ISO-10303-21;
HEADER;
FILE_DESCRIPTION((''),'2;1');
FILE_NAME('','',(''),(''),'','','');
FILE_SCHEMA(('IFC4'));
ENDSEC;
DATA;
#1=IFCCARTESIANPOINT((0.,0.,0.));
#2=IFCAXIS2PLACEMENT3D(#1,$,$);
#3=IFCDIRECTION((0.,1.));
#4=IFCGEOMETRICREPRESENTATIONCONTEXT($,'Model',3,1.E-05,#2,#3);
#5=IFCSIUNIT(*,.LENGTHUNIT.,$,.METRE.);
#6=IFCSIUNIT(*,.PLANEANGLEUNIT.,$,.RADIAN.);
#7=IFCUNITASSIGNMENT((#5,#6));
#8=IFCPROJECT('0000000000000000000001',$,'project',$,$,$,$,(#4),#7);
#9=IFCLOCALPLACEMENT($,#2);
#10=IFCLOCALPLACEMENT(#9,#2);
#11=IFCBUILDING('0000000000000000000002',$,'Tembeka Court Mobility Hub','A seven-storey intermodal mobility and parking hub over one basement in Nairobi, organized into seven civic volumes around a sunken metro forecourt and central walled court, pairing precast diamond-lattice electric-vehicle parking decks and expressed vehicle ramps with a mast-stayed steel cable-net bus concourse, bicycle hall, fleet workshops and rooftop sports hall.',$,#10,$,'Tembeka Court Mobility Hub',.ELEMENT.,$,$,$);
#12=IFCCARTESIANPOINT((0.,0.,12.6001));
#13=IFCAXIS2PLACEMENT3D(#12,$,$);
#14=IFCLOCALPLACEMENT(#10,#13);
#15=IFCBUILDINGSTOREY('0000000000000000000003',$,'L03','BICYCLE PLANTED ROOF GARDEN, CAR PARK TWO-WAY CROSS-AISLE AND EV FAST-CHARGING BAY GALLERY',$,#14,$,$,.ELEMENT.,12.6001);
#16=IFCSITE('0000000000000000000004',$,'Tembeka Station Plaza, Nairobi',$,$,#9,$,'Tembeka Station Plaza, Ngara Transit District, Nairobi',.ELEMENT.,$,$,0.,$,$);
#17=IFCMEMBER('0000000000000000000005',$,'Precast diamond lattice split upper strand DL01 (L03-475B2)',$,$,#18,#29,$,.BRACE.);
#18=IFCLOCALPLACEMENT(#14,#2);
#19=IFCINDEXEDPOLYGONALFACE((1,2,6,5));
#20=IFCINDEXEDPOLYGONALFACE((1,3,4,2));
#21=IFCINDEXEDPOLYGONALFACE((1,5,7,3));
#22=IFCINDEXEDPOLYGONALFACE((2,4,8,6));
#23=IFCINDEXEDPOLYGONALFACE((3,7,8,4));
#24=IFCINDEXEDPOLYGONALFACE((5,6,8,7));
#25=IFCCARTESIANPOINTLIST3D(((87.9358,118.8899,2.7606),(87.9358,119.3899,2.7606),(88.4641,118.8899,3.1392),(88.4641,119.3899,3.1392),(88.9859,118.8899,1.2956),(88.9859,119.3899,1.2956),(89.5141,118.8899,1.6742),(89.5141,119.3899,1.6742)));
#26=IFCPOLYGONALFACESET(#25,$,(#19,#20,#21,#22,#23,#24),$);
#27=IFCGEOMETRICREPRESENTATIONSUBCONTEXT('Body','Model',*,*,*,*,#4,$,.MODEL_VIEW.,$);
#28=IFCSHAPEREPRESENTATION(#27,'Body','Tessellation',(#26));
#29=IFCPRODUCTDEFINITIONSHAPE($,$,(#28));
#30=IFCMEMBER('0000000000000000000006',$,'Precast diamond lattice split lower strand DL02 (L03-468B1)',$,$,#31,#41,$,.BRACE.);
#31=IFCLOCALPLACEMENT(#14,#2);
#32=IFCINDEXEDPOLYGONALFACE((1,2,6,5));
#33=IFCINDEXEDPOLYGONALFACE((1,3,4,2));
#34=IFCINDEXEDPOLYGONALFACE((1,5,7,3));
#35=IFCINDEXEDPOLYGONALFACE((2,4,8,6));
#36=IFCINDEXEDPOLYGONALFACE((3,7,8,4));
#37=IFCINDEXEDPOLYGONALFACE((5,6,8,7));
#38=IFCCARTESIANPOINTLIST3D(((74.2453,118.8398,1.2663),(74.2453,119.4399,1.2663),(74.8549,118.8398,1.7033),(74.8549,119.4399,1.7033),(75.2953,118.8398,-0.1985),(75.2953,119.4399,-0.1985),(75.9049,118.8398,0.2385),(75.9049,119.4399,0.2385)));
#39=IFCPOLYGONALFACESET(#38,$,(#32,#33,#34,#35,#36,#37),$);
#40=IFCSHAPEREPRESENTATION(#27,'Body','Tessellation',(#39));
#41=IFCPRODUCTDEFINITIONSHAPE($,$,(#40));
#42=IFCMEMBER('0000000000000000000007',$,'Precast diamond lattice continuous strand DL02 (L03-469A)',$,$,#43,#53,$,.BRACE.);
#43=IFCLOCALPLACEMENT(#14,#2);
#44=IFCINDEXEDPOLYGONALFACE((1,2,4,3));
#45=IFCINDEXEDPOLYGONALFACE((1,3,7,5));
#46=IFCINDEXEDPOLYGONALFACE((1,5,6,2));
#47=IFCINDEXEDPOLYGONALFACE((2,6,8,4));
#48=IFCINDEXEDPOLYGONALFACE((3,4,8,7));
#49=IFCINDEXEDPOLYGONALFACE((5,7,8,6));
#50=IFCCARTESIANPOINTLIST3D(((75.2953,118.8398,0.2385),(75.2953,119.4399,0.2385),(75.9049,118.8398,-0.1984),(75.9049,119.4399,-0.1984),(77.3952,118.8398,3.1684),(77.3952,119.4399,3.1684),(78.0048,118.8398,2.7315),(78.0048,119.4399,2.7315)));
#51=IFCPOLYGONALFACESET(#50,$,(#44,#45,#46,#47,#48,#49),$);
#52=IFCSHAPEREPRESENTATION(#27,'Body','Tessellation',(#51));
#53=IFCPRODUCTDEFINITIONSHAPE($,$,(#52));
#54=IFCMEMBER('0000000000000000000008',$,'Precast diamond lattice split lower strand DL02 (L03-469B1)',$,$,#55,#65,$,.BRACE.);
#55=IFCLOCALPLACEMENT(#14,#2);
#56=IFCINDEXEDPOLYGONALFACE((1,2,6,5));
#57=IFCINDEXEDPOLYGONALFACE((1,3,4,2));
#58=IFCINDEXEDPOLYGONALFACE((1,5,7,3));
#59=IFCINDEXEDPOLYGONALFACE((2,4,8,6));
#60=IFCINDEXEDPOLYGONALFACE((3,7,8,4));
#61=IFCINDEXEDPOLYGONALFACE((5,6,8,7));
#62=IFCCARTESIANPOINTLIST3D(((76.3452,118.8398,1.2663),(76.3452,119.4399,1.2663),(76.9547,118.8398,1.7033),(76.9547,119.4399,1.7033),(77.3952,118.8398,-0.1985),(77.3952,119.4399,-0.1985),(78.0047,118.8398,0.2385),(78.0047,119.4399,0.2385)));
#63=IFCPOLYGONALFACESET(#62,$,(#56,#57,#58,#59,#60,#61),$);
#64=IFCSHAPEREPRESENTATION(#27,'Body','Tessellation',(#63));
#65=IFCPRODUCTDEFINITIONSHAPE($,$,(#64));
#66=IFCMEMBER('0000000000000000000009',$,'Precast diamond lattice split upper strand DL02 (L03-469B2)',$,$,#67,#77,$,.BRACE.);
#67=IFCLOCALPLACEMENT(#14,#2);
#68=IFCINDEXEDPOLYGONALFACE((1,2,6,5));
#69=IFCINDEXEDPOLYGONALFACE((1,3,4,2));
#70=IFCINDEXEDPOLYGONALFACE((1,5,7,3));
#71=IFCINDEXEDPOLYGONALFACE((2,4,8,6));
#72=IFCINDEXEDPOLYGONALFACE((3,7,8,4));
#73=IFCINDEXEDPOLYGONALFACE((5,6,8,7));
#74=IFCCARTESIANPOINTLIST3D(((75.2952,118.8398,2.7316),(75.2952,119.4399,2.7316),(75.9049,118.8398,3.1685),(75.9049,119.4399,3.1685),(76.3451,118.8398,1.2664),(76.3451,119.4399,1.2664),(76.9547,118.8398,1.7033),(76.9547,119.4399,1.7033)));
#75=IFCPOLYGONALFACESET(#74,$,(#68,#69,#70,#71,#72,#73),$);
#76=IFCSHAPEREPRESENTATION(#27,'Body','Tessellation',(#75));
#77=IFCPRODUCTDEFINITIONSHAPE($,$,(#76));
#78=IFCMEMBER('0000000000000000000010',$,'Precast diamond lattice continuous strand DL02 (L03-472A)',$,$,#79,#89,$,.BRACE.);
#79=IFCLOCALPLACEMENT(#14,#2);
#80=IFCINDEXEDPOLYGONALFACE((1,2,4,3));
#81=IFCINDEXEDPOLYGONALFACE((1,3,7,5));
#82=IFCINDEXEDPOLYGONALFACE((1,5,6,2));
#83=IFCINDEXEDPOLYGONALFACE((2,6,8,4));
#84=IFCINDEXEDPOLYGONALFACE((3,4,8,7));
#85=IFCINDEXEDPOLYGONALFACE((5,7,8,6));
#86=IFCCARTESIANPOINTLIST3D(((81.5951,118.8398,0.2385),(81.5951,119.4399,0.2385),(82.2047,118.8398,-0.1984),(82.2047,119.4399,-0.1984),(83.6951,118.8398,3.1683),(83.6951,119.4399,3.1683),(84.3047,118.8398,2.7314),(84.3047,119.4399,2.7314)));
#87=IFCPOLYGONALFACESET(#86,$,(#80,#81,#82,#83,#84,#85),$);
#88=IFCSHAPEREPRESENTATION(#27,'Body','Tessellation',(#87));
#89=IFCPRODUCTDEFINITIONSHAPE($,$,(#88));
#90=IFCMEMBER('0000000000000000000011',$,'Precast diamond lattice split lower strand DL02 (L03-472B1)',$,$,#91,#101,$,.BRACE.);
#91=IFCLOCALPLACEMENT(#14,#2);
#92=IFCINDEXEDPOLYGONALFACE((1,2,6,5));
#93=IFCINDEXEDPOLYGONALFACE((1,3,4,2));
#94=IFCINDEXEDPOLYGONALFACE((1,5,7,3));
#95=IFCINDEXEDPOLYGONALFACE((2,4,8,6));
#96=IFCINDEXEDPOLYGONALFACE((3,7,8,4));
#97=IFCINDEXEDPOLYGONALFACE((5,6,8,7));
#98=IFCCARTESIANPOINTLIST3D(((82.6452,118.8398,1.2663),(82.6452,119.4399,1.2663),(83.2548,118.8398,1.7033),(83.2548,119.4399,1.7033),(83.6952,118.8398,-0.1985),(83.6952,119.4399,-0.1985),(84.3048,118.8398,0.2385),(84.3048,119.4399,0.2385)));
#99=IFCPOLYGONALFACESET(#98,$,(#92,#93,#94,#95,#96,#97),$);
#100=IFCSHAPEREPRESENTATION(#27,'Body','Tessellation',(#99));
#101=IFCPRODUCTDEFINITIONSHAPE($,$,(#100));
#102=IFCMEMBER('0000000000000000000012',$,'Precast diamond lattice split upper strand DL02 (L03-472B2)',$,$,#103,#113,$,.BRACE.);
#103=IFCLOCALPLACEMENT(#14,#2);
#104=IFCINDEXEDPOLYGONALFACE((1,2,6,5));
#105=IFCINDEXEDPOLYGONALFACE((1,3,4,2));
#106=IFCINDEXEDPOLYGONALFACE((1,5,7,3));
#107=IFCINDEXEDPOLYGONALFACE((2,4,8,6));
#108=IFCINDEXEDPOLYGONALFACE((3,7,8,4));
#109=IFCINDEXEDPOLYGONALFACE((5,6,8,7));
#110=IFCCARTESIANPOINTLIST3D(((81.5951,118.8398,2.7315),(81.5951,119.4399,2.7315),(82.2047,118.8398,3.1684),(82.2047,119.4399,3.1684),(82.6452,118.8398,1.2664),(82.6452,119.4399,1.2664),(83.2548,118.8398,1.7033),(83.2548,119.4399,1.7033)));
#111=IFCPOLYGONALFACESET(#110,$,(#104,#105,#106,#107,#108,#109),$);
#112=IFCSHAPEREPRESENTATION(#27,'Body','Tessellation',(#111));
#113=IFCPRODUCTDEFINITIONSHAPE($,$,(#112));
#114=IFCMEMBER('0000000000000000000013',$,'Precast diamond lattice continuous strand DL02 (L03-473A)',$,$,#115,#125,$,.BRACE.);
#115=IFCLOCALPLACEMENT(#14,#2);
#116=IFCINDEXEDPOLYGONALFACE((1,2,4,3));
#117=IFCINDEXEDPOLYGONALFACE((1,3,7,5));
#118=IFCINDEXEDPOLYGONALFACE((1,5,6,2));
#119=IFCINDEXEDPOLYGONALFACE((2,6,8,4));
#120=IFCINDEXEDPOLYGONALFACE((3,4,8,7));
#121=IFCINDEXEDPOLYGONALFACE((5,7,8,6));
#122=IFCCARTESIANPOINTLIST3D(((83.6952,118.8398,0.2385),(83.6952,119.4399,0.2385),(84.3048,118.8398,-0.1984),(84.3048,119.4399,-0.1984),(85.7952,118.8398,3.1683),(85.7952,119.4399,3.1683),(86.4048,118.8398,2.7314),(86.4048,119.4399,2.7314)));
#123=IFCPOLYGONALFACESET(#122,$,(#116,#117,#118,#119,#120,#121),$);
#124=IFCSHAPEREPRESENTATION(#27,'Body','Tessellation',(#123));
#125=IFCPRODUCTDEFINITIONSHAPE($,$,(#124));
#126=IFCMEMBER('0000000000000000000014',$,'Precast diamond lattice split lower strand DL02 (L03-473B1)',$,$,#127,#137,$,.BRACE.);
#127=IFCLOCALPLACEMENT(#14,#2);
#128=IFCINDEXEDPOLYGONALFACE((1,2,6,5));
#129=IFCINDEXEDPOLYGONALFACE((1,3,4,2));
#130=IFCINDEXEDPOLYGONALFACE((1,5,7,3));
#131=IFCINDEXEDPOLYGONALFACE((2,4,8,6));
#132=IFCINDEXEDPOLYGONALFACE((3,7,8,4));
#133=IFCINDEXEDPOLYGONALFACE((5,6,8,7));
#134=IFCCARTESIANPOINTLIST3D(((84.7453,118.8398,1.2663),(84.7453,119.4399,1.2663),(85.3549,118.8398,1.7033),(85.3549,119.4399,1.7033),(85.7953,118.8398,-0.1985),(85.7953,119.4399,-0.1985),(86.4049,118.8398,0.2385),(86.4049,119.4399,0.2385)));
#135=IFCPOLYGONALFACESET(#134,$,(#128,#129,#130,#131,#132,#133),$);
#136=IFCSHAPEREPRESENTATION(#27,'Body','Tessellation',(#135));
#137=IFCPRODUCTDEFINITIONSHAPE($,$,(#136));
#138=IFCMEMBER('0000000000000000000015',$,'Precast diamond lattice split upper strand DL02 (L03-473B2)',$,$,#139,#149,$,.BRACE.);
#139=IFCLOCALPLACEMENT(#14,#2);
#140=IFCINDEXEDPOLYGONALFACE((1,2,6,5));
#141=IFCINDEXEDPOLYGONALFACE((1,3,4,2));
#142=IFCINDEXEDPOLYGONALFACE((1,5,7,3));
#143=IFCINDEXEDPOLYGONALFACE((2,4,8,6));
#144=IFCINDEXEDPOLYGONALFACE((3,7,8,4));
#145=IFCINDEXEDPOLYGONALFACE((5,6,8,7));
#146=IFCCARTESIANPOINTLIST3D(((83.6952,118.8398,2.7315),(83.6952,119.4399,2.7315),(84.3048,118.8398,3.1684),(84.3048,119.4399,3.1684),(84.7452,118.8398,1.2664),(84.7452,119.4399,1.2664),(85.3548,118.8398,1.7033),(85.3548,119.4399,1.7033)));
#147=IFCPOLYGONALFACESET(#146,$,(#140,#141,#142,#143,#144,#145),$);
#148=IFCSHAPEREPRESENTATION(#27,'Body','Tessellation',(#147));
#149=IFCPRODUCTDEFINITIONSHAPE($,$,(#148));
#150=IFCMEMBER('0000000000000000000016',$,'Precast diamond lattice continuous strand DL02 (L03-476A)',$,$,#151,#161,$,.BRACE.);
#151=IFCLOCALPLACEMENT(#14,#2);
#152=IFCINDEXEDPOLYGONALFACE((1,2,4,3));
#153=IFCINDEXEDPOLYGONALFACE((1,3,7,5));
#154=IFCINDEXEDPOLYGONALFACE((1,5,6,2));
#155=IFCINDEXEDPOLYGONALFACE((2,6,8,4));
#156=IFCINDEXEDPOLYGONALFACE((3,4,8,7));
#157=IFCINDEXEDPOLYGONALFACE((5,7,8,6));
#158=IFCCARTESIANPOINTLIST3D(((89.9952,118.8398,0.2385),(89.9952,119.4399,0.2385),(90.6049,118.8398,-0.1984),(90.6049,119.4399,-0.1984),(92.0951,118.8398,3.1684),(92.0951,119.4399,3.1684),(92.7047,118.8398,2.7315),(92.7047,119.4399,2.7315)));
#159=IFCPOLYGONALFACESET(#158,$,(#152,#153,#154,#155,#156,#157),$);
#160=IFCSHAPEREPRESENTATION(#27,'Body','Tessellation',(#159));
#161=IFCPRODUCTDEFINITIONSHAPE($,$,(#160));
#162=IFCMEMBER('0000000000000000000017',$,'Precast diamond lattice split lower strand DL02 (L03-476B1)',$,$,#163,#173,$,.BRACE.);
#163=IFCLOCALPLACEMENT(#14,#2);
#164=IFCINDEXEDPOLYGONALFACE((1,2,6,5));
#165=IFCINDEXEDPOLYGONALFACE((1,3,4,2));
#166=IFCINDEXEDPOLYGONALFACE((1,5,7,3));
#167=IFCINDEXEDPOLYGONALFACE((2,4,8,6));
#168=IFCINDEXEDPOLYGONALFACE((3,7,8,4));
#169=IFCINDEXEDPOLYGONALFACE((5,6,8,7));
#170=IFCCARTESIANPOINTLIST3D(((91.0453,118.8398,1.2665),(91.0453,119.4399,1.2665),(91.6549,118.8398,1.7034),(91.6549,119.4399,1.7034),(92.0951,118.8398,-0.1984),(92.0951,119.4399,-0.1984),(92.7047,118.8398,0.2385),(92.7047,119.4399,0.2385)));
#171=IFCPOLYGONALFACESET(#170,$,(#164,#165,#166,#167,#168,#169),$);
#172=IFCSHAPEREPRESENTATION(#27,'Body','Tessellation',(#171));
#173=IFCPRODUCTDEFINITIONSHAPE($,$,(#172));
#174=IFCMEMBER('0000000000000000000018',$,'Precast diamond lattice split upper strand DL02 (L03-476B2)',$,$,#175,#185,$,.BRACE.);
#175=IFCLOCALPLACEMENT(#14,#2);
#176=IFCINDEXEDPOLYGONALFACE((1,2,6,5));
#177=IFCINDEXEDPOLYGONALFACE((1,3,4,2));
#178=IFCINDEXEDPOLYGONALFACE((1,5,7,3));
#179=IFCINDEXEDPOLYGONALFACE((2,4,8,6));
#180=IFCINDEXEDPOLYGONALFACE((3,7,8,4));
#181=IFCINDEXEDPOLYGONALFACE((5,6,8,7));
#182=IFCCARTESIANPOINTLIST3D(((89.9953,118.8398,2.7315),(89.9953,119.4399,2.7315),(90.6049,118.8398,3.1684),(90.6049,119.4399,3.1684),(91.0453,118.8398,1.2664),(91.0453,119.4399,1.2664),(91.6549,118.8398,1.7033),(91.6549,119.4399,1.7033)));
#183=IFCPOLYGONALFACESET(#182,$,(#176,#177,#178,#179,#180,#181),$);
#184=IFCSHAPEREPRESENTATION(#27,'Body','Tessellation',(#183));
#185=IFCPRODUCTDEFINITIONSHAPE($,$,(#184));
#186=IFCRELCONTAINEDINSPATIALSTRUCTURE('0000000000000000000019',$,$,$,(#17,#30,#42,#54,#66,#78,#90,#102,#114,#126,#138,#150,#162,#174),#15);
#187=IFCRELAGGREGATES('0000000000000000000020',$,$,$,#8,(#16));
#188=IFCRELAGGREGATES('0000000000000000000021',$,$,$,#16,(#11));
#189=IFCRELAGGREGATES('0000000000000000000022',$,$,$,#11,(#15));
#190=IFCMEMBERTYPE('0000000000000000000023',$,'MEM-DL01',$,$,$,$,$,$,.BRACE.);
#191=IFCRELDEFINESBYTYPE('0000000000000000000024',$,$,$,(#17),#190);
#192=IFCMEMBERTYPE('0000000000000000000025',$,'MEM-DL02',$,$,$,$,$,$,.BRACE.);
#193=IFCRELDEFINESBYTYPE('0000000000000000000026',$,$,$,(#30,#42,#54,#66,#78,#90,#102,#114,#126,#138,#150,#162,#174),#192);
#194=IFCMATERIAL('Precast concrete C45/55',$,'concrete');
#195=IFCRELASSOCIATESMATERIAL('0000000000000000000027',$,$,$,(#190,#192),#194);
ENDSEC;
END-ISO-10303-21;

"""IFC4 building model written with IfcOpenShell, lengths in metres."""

from ifc_helpers import new_model, si_unit, direction, frame, origin, origin_2d, place, context, subcontext, project, spatial, rectangle, extrude, material, material_profile, profile_set, type_object, element, save


model = new_model("IFC4")

# Units and contexts
model_context = context("Model", 3, precision=1e-05, world=origin(), true_north=direction((0.0, 1.0)))
body_context = subcontext(model_context, "Body", "Model", "MODEL_VIEW")
ifc_project = project(units=[si_unit("LENGTHUNIT", "METRE"), si_unit("PLANEANGLEUNIT", "RADIAN")], contexts=[model_context])

# Site, building, storey
site_placement = place(None, origin())
site = spatial("IfcSite", under=ifc_project, at=site_placement, Name="Tembeka Station Plaza, Nairobi", LongName="Tembeka Station Plaza, Ngara Transit District, Nairobi", CompositionType="ELEMENT", RefElevation=0.0)
building_placement = place(site_placement, origin())
building = spatial("IfcBuilding", under=site, at=building_placement, Name="Tembeka Court Mobility Hub", Description="A seven-storey intermodal mobility and parking hub over one basement in Nairobi, organized into seven civic volumes around a sunken metro forecourt and central walled court, pairing precast diamond-lattice electric-vehicle parking decks and expressed vehicle ramps with a mast-stayed steel cable-net bus concourse, bicycle hall, fleet workshops and rooftop sports hall.", LongName="Tembeka Court Mobility Hub", CompositionType="ELEMENT")
storey_placement = place(building_placement, frame((0.0, 0.0, 12.6001)))
storey = spatial("IfcBuildingStorey", under=building, at=storey_placement, Name="L03", Description="BICYCLE PLANTED ROOF GARDEN, CAR PARK TWO-WAY CROSS-AISLE AND EV FAST-CHARGING BAY GALLERY", CompositionType="ELEMENT", Elevation=12.6001)

# Members
ifc_material_1 = material(Name="Precast concrete C45/55", Category="concrete")
ifc_material_profile_1 = material_profile(ifc_material_1, rectangle(XDim=0.5, YDim=0.6499, at=origin_2d()), Name="PC-DIAG 500x650")
ifc_profile_set_1 = profile_set([ifc_material_profile_1], Name="Precast concrete C45/55")
member_type_1 = type_object("IfcMemberType", Name="MEM-DL01", PredefinedType="BRACE", material=ifc_profile_set_1)
member_1_placement = place(storey_placement, frame((89.25, 119.1399, 1.4849), z_axis=(-0.582544, 0.0, 0.812799), x_axis=(0.0, -1.0, 0.0)))
element("IfcMember", 1, at=member_1_placement, inside=storey, type_object=member_type_1, Name="Precast diamond lattice split upper strand DL01 (L03-475B2)", PredefinedType="BRACE", context=body_context, shape_type="SweptSolid", body=[
    extrude(rectangle(XDim=0.5, YDim=0.6499, at=origin_2d()), origin(), (0.0, 0.0, 1.0), 1.8025),
])
ifc_material_profile_2 = material_profile(ifc_material_1, rectangle(XDim=0.6001, YDim=0.75, at=origin_2d()), Name="PC-DIAG 600x750")
ifc_profile_set_2 = profile_set([ifc_material_profile_2], Name="Precast concrete C45/55")
member_type_2 = type_object("IfcMemberType", Name="MEM-DL02", PredefinedType="BRACE", material=ifc_profile_set_2)
member_2_placement = place(storey_placement, frame((75.6001, 119.1399, 0.02), z_axis=(-0.582608, 0.0, 0.812753), x_axis=(0.0, -1.0, 0.0)))
element("IfcMember", 2, at=member_2_placement, inside=storey, type_object=member_type_2, Name="Precast diamond lattice split lower strand DL02 (L03-468B1)", PredefinedType="BRACE", context=body_context, shape_type="SweptSolid", body=[
    extrude(rectangle(XDim=0.6001, YDim=0.75, at=origin_2d()), origin(), (0.0, 0.0, 1.0), 1.8022),
])
member_3_placement = place(storey_placement, frame((75.6001, 119.1399, 0.02), z_axis=(0.582532, 0.0, 0.812808), x_axis=(0.0, 1.0, 0.0)))
element("IfcMember", 3, at=member_3_placement, inside=storey, type_object=member_type_2, Name="Precast diamond lattice continuous strand DL02 (L03-469A)", PredefinedType="BRACE", context=body_context, shape_type="SweptSolid", body=[
    extrude(rectangle(XDim=0.6001, YDim=0.75, at=origin_2d()), origin(), (0.0, 0.0, 1.0), 3.6047),
])
member_4_placement = place(storey_placement, frame((77.7, 119.1399, 0.02), z_axis=(-0.582608, 0.0, 0.812753), x_axis=(0.0, -1.0, 0.0)))
element("IfcMember", 4, at=member_4_placement, inside=storey, type_object=member_type_2, Name="Precast diamond lattice split lower strand DL02 (L03-469B1)", PredefinedType="BRACE", context=body_context, shape_type="SweptSolid", body=[
    extrude(rectangle(XDim=0.6001, YDim=0.75, at=origin_2d()), origin(), (0.0, 0.0, 1.0), 1.8022),
])
member_5_placement = place(storey_placement, frame((76.6499, 119.1399, 1.4849), z_axis=(-0.582455, 0.0, 0.812863), x_axis=(0.0, -1.0, 0.0)))
element("IfcMember", 5, at=member_5_placement, inside=storey, type_object=member_type_2, Name="Precast diamond lattice split upper strand DL02 (L03-469B2)", PredefinedType="BRACE", context=body_context, shape_type="SweptSolid", body=[
    extrude(rectangle(XDim=0.6001, YDim=0.75, at=origin_2d()), origin(), (0.0, 0.0, 1.0), 1.8025),
])
member_6_placement = place(storey_placement, frame((81.8999, 119.1399, 0.02), z_axis=(0.582576, 0.0, 0.812776), x_axis=(0.0, 1.0, 0.0)))
element("IfcMember", 6, at=member_6_placement, inside=storey, type_object=member_type_2, Name="Precast diamond lattice continuous strand DL02 (L03-472A)", PredefinedType="BRACE", context=body_context, shape_type="SweptSolid", body=[
    extrude(rectangle(XDim=0.6001, YDim=0.75, at=origin_2d()), origin(), (0.0, 0.0, 1.0), 3.6047),
])
member_7_placement = place(storey_placement, frame((84.0, 119.1399, 0.02), z_axis=(-0.582608, 0.0, 0.812753), x_axis=(0.0, -1.0, 0.0)))
element("IfcMember", 7, at=member_7_placement, inside=storey, type_object=member_type_2, Name="Precast diamond lattice split lower strand DL02 (L03-472B1)", PredefinedType="BRACE", context=body_context, shape_type="SweptSolid", body=[
    extrude(rectangle(XDim=0.6001, YDim=0.75, at=origin_2d()), origin(), (0.0, 0.0, 1.0), 1.8022),
])
member_8_placement = place(storey_placement, frame((82.95, 119.1399, 1.4849), z_axis=(-0.582544, 0.0, 0.812799), x_axis=(0.0, -1.0, 0.0)))
element("IfcMember", 8, at=member_8_placement, inside=storey, type_object=member_type_2, Name="Precast diamond lattice split upper strand DL02 (L03-472B2)", PredefinedType="BRACE", context=body_context, shape_type="SweptSolid", body=[
    extrude(rectangle(XDim=0.6001, YDim=0.75, at=origin_2d()), origin(), (0.0, 0.0, 1.0), 1.8025),
])
member_9_placement = place(storey_placement, frame((84.0, 119.1399, 0.02), z_axis=(0.582576, 0.0, 0.812776), x_axis=(0.0, 1.0, 0.0)))
element("IfcMember", 9, at=member_9_placement, inside=storey, type_object=member_type_2, Name="Precast diamond lattice continuous strand DL02 (L03-473A)", PredefinedType="BRACE", context=body_context, shape_type="SweptSolid", body=[
    extrude(rectangle(XDim=0.6001, YDim=0.75, at=origin_2d()), origin(), (0.0, 0.0, 1.0), 3.6047),
])
member_10_placement = place(storey_placement, frame((86.1001, 119.1399, 0.02), z_axis=(-0.582608, 0.0, 0.812753), x_axis=(0.0, -1.0, 0.0)))
element("IfcMember", 10, at=member_10_placement, inside=storey, type_object=member_type_2, Name="Precast diamond lattice split lower strand DL02 (L03-473B1)", PredefinedType="BRACE", context=body_context, shape_type="SweptSolid", body=[
    extrude(rectangle(XDim=0.6001, YDim=0.75, at=origin_2d()), origin(), (0.0, 0.0, 1.0), 1.8022),
])
member_11_placement = place(storey_placement, frame((85.05, 119.1399, 1.4849), z_axis=(-0.582544, 0.0, 0.812799), x_axis=(0.0, -1.0, 0.0)))
element("IfcMember", 11, at=member_11_placement, inside=storey, type_object=member_type_2, Name="Precast diamond lattice split upper strand DL02 (L03-473B2)", PredefinedType="BRACE", context=body_context, shape_type="SweptSolid", body=[
    extrude(rectangle(XDim=0.6001, YDim=0.75, at=origin_2d()), origin(), (0.0, 0.0, 1.0), 1.8025),
])
member_12_placement = place(storey_placement, frame((90.3, 119.1399, 0.02), z_axis=(0.582532, 0.0, 0.812808), x_axis=(0.0, 1.0, 0.0)))
element("IfcMember", 12, at=member_12_placement, inside=storey, type_object=member_type_2, Name="Precast diamond lattice continuous strand DL02 (L03-476A)", PredefinedType="BRACE", context=body_context, shape_type="SweptSolid", body=[
    extrude(rectangle(XDim=0.6001, YDim=0.75, at=origin_2d()), origin(), (0.0, 0.0, 1.0), 3.6047),
])
member_13_placement = place(storey_placement, frame((92.3999, 119.1399, 0.02), z_axis=(-0.582519, 0.0, 0.812817), x_axis=(0.0, -1.0, 0.0)))
element("IfcMember", 13, at=member_13_placement, inside=storey, type_object=member_type_2, Name="Precast diamond lattice split lower strand DL02 (L03-476B1)", PredefinedType="BRACE", context=body_context, shape_type="SweptSolid", body=[
    extrude(rectangle(XDim=0.6001, YDim=0.75, at=origin_2d()), origin(), (0.0, 0.0, 1.0), 1.8022),
])
member_14_placement = place(storey_placement, frame((91.3501, 119.1399, 1.4849), z_axis=(-0.582544, 0.0, 0.812799), x_axis=(0.0, -1.0, 0.0)))
element("IfcMember", 14, at=member_14_placement, inside=storey, type_object=member_type_2, Name="Precast diamond lattice split upper strand DL02 (L03-476B2)", PredefinedType="BRACE", context=body_context, shape_type="SweptSolid", body=[
    extrude(rectangle(XDim=0.6001, YDim=0.75, at=origin_2d()), origin(), (0.0, 0.0, 1.0), 1.8025),
])

save(model, "model.ifc")
